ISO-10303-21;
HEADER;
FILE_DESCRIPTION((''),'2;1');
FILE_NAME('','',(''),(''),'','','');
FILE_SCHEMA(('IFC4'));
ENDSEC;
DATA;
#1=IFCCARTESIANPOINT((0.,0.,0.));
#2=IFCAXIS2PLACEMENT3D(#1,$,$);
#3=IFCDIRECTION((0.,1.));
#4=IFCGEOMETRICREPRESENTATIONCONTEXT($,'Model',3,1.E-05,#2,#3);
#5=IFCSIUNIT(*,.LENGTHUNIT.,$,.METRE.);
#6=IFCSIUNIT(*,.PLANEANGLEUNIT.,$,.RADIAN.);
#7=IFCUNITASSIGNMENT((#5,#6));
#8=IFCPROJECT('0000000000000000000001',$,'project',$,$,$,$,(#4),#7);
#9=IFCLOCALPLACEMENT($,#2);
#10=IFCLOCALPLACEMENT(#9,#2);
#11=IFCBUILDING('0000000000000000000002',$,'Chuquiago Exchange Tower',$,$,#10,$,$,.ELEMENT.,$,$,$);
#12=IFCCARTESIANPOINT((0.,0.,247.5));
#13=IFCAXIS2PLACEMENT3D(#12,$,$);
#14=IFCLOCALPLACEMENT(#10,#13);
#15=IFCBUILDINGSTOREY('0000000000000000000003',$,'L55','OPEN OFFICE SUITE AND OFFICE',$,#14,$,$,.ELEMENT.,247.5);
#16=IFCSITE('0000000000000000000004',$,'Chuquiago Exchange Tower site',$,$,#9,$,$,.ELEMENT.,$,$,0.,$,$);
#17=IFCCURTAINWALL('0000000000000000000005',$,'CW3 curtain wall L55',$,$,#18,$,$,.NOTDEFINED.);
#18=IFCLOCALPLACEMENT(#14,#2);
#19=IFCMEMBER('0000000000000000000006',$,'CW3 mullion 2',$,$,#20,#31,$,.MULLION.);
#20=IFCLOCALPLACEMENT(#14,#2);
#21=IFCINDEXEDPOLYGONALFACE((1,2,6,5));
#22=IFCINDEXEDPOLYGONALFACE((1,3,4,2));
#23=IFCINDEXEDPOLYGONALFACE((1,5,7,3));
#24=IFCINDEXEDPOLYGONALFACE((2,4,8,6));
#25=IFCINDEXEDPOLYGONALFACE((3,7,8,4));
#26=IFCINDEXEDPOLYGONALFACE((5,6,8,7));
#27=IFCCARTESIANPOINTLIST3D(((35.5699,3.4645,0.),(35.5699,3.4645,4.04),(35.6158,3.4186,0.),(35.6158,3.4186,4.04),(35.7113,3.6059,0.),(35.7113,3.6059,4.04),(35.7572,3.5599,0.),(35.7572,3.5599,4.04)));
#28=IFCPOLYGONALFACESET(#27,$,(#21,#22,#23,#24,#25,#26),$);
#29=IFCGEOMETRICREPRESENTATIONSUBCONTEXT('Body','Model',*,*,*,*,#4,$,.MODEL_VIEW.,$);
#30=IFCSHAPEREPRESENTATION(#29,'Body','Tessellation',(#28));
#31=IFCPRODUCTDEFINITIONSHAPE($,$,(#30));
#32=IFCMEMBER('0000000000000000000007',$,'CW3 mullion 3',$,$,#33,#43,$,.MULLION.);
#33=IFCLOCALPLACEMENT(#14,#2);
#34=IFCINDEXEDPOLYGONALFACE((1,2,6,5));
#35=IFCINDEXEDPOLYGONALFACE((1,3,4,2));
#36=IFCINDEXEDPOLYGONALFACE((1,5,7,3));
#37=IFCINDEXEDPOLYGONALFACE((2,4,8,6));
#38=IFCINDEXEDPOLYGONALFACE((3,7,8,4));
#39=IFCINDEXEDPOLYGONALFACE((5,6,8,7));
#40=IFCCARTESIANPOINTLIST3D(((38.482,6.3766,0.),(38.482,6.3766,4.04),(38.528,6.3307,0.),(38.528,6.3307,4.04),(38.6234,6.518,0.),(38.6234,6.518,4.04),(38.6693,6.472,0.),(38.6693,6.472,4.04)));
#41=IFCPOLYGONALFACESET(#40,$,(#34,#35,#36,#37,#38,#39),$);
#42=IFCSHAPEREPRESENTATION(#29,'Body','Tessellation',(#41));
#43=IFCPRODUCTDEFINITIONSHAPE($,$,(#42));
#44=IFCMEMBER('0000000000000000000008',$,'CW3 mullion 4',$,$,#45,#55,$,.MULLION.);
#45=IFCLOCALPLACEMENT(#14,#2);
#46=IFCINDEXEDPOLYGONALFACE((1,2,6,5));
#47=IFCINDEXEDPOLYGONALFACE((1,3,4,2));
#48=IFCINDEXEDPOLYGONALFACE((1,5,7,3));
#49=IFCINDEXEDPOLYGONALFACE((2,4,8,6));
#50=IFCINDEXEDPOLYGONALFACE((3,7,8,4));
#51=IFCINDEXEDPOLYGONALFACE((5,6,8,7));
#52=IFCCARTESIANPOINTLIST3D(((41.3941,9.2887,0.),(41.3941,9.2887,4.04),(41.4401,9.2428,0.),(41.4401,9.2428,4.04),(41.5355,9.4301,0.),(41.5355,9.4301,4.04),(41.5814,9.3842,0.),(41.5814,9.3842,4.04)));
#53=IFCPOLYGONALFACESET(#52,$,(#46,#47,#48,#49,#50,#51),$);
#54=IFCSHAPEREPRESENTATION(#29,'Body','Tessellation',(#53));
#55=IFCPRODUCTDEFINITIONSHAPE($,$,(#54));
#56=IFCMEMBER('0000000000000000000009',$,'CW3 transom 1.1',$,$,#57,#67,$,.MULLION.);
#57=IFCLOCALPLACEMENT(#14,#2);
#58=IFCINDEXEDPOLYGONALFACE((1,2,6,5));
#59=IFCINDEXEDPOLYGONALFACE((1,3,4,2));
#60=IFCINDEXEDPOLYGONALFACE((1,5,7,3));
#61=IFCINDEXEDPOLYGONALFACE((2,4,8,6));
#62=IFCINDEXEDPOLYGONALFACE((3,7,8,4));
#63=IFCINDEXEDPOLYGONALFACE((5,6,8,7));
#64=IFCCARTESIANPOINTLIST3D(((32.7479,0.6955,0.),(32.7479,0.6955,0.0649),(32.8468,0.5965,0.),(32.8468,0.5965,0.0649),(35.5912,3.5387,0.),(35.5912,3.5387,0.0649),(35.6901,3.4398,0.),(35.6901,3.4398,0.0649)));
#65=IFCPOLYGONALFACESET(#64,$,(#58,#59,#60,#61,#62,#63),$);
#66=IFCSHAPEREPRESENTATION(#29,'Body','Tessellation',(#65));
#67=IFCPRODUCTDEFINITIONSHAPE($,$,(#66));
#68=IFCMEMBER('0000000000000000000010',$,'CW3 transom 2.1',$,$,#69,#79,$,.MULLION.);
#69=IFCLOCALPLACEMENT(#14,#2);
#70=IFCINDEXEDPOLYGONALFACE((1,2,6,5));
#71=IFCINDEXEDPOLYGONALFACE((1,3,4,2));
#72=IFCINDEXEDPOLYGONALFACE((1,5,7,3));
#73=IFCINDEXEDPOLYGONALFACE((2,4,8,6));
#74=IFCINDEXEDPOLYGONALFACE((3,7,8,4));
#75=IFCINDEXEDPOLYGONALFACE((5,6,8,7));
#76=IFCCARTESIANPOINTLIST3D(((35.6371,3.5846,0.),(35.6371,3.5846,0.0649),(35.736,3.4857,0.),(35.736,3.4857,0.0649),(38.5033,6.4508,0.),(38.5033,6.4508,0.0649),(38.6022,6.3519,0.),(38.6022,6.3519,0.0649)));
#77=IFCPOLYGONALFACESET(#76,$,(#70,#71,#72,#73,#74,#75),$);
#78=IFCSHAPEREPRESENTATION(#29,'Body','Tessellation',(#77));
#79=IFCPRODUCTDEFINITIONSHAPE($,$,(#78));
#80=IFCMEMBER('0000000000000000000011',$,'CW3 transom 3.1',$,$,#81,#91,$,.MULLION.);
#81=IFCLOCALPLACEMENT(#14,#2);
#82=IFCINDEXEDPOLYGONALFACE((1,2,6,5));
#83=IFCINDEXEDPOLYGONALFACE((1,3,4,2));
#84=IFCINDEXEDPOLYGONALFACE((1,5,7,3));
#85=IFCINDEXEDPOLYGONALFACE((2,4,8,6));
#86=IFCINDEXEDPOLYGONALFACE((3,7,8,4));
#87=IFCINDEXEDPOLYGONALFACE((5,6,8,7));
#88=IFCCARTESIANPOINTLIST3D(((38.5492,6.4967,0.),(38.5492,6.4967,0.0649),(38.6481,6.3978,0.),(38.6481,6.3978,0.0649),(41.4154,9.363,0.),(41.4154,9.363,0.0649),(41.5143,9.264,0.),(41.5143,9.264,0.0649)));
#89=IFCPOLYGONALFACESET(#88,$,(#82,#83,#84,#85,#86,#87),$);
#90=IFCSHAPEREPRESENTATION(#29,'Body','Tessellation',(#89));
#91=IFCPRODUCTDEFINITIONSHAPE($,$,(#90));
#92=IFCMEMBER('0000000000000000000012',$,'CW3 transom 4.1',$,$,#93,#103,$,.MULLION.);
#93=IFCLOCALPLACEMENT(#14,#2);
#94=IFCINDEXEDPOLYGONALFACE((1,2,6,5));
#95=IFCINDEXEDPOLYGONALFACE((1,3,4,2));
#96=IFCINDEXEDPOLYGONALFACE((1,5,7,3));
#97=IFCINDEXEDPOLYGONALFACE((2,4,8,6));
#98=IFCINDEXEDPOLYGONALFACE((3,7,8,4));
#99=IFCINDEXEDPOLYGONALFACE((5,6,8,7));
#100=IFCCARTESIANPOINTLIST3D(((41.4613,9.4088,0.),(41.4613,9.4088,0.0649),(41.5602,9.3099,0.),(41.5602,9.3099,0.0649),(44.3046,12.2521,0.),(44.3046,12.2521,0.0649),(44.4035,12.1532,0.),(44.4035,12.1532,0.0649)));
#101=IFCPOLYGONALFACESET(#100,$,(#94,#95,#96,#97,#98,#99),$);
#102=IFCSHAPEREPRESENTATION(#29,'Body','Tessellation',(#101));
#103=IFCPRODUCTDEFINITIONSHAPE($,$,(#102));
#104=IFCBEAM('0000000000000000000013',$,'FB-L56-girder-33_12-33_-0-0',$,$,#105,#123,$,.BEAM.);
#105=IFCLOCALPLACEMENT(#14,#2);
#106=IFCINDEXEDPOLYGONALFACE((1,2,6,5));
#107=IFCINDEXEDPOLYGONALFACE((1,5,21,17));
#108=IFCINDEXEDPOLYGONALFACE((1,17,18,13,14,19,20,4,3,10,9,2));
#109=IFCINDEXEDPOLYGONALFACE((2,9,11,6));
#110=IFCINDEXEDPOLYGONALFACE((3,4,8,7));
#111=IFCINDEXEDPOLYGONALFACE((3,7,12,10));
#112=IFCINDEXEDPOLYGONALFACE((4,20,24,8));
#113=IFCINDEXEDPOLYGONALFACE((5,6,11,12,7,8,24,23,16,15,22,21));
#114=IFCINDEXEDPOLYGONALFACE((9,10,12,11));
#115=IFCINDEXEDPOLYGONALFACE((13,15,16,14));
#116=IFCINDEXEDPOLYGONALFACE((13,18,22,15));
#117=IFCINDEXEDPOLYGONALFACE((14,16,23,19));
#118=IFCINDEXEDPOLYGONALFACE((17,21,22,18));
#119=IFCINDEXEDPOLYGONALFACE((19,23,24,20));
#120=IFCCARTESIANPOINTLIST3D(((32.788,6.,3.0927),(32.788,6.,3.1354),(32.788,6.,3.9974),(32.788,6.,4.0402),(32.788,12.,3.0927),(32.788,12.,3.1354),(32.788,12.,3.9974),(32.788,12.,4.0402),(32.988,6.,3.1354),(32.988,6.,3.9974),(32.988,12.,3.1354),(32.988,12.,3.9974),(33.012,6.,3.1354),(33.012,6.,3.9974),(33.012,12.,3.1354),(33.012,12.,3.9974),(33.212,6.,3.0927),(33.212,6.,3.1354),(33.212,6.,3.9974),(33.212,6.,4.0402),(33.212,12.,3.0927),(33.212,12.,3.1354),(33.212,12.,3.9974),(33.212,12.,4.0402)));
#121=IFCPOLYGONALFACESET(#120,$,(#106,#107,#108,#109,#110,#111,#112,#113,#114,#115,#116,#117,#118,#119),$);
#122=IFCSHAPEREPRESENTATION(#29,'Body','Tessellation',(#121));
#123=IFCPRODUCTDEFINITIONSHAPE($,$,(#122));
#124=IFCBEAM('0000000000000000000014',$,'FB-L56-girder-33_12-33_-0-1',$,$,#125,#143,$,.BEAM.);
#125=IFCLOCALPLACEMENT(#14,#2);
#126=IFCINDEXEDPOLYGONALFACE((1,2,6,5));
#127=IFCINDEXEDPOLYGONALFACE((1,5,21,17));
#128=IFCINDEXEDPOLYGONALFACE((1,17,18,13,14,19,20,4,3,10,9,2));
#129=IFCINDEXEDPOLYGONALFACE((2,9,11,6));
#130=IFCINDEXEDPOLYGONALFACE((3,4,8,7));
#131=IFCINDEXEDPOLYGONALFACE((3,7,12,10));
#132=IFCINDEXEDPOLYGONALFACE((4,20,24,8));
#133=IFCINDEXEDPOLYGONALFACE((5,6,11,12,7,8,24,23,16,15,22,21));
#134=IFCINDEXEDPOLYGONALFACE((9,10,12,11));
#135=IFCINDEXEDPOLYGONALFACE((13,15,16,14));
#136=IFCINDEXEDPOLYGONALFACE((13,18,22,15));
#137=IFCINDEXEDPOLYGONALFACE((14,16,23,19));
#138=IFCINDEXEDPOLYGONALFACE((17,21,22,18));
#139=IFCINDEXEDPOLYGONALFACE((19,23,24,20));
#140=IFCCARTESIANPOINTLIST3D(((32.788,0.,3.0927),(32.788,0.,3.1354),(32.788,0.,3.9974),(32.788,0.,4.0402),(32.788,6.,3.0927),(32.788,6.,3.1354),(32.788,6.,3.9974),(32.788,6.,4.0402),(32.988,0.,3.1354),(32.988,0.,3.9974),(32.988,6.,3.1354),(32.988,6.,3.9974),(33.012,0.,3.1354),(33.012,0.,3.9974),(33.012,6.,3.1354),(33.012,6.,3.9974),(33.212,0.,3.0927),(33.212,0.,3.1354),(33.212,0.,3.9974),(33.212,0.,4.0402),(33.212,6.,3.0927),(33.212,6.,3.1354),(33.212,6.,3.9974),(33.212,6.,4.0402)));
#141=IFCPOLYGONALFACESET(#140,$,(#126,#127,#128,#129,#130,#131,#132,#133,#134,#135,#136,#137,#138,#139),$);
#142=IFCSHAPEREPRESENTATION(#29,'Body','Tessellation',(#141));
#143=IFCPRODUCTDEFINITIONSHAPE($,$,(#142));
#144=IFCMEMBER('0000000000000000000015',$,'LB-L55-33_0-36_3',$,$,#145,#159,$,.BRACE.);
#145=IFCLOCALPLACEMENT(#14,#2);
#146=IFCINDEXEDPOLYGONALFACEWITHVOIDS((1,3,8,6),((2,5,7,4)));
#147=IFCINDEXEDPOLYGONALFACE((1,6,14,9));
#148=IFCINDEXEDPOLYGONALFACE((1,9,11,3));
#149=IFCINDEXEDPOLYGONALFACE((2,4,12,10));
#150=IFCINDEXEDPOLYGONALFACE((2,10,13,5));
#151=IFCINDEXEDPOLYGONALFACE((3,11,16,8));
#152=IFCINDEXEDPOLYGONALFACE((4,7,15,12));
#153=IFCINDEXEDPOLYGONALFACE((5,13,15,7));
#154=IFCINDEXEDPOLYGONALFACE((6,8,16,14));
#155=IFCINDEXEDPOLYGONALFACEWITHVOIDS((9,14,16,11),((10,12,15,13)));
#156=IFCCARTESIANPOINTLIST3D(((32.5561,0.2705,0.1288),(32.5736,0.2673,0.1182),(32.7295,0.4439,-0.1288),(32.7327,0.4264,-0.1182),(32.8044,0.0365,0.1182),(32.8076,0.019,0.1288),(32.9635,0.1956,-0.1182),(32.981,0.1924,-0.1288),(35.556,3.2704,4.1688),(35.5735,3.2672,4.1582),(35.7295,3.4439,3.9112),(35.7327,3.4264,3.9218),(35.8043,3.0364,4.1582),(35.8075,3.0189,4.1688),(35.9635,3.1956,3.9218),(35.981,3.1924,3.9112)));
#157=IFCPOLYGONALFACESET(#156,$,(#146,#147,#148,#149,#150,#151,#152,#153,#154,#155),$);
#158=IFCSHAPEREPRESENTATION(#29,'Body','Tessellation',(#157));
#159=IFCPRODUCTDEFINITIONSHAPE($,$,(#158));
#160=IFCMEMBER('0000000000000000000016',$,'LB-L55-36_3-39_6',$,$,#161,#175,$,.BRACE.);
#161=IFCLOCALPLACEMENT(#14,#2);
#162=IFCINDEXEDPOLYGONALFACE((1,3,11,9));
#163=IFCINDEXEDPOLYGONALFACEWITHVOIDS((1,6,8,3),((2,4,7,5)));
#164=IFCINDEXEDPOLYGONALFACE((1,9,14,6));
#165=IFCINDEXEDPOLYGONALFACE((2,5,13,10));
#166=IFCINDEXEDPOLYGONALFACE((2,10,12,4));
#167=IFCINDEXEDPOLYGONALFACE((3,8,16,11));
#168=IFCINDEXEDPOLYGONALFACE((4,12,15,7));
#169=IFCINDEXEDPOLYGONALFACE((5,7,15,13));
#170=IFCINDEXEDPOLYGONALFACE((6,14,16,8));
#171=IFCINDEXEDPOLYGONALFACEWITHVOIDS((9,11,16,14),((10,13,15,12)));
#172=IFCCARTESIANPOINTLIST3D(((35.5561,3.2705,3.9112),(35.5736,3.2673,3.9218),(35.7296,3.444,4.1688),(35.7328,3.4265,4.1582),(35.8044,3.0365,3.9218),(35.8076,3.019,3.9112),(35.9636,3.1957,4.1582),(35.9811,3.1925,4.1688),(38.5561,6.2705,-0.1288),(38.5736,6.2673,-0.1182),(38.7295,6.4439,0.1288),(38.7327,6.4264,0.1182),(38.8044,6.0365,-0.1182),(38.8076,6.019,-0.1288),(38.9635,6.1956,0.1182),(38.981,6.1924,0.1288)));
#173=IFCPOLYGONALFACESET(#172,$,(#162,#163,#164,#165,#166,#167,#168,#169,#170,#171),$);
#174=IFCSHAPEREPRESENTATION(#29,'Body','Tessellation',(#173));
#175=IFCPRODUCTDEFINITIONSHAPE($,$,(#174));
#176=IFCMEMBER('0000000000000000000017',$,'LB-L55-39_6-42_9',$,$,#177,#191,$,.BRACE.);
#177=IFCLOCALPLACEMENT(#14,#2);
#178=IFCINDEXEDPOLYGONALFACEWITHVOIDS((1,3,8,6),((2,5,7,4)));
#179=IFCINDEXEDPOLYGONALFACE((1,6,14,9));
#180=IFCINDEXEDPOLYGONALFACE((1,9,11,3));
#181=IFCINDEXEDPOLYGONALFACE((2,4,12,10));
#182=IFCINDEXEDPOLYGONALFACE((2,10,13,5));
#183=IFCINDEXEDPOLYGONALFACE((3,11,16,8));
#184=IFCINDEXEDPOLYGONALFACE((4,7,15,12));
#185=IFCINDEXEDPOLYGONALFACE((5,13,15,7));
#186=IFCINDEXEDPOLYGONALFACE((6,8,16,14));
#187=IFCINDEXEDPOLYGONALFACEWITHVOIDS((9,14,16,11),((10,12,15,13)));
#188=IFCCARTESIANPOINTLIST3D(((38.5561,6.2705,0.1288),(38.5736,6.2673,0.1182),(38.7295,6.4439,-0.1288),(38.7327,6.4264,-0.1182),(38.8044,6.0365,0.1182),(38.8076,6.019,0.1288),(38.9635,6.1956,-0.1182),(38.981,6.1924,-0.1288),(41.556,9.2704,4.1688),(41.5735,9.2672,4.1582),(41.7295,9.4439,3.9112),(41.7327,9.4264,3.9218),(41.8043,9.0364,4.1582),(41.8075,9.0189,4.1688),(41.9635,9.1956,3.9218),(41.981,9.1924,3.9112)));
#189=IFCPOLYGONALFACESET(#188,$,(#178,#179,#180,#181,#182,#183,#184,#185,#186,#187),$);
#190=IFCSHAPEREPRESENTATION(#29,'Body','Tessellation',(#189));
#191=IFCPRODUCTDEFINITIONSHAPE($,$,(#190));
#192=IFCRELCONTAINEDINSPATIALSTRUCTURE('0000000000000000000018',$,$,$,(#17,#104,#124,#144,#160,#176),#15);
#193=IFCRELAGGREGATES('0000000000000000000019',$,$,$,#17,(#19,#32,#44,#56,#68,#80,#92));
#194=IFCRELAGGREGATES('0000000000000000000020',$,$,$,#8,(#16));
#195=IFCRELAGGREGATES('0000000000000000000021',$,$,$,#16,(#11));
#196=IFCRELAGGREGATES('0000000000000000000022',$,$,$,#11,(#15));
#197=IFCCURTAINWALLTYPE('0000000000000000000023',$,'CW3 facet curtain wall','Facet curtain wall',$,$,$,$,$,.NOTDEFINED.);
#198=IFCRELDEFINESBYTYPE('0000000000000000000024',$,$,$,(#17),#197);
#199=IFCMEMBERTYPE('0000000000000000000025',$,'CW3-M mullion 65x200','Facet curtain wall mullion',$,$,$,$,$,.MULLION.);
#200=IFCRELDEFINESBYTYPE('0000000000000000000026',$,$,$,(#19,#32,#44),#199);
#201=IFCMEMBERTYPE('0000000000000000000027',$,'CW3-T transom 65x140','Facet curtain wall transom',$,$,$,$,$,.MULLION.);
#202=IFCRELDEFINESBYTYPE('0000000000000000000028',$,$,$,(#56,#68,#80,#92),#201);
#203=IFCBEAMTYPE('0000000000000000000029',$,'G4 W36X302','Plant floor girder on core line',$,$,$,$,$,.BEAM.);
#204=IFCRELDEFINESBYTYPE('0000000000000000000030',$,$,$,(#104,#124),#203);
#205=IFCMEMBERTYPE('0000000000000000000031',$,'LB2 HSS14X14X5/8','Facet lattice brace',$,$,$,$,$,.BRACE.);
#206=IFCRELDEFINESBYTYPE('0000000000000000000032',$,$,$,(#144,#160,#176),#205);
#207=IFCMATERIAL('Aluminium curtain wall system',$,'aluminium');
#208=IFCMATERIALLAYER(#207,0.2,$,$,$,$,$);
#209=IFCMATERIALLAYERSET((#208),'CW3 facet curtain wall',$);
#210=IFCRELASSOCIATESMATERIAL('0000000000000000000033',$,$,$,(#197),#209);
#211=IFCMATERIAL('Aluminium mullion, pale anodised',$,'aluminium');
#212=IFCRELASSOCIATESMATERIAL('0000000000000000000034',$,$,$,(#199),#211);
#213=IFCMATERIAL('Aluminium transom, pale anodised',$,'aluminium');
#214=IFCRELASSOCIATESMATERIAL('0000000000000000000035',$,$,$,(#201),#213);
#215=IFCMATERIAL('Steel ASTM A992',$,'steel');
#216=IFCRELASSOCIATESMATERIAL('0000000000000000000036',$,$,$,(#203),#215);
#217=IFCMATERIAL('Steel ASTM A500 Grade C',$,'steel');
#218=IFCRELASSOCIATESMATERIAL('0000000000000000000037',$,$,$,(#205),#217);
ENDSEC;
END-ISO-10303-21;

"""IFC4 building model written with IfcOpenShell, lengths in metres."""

from ifc_helpers import new_model, si_unit, direction, frame, origin, origin_2d, place, context, subcontext, project, spatial, rectangle, hollow_rectangle, i_section, extrude, material, layer, layer_set, material_profile, profile_set, type_object, element, aggregate, save


model = new_model("IFC4")

# Units and contexts
model_context = context("Model", 3, precision=1e-05, world=origin(), true_north=direction((0.0, 1.0)))
body_context = subcontext(model_context, "Body", "Model", "MODEL_VIEW")
ifc_project = project(units=[si_unit("LENGTHUNIT", "METRE"), si_unit("PLANEANGLEUNIT", "RADIAN")], contexts=[model_context])

# Site, building, storey
site_placement = place(None, origin())
site = spatial("IfcSite", under=ifc_project, at=site_placement, Name="Chuquiago Exchange Tower site", CompositionType="ELEMENT", RefElevation=0.0)
building_placement = place(site_placement, origin())
building = spatial("IfcBuilding", under=site, at=building_placement, Name="Chuquiago Exchange Tower", CompositionType="ELEMENT")
storey_placement = place(building_placement, frame((0.0, 0.0, 247.5)))
storey = spatial("IfcBuildingStorey", under=building, at=storey_placement, Name="L55", Description="OPEN OFFICE SUITE AND OFFICE", CompositionType="ELEMENT", Elevation=247.5)

# Curtain wall, members
ifc_material_1 = material(Name="Aluminium curtain wall system", Category="aluminium")
ifc_layer_1 = layer(ifc_material_1, 0.2)
ifc_layer_set_1 = layer_set([ifc_layer_1], Name="CW3 facet curtain wall")
curtain_wall_type = type_object("IfcCurtainWallType", Name="CW3 facet curtain wall", Description="Facet curtain wall", PredefinedType="NOTDEFINED", material=ifc_layer_set_1)
curtain_wall_placement = place(storey_placement, origin())
curtain_wall = element("IfcCurtainWall", 1, at=curtain_wall_placement, inside=storey, type_object=curtain_wall_type, Name="CW3 curtain wall L55", PredefinedType="NOTDEFINED")
ifc_material_2 = material(Name="Aluminium mullion, pale anodised", Category="aluminium")
ifc_material_profile_1 = material_profile(ifc_material_2, rectangle(XDim=0.0649, YDim=0.2, at=origin_2d()), Name="AL 65x200")
ifc_profile_set_1 = profile_set([ifc_material_profile_1], Name="Aluminium mullion, pale anodised")
member_type_1 = type_object("IfcMemberType", Name="CW3-M mullion 65x200", Description="Facet curtain wall mullion", PredefinedType="MULLION", material=ifc_profile_set_1)
member_1_placement = place(storey_placement, frame((35.6636, 3.5122, 0.0), z_axis=(0.0, 0.0, 1.0), x_axis=(-0.707107, 0.707107, 0.0)))
member_1 = element("IfcMember", 2, at=member_1_placement, type_object=member_type_1, Name="CW3 mullion 2", PredefinedType="MULLION", context=body_context, shape_type="SweptSolid", body=[
    extrude(rectangle(XDim=0.0649, YDim=0.2, at=origin_2d()), origin(), (0.0, 0.0, 1.0), 4.04),
])
member_2_placement = place(storey_placement, frame((38.5757, 6.4243, 0.0), z_axis=(0.0, 0.0, 1.0), x_axis=(-0.707107, 0.707107, 0.0)))
member_2 = element("IfcMember", 3, at=member_2_placement, type_object=member_type_1, Name="CW3 mullion 3", PredefinedType="MULLION", context=body_context, shape_type="SweptSolid", body=[
    extrude(rectangle(XDim=0.0649, YDim=0.2, at=origin_2d()), origin(), (0.0, 0.0, 1.0), 4.04),
])
member_3_placement = place(storey_placement, frame((41.4878, 9.3364, 0.0), z_axis=(0.0, 0.0, 1.0), x_axis=(-0.707107, 0.707107, 0.0)))
member_3 = element("IfcMember", 4, at=member_3_placement, type_object=member_type_1, Name="CW3 mullion 4", PredefinedType="MULLION", context=body_context, shape_type="SweptSolid", body=[
    extrude(rectangle(XDim=0.0649, YDim=0.2, at=origin_2d()), origin(), (0.0, 0.0, 1.0), 4.04),
])
ifc_material_3 = material(Name="Aluminium transom, pale anodised", Category="aluminium")
ifc_material_profile_2 = material_profile(ifc_material_3, rectangle(XDim=0.1399, YDim=0.0649, at=origin_2d()), Name="AL 140x65")
ifc_profile_set_2 = profile_set([ifc_material_profile_2], Name="Aluminium transom, pale anodised")
member_type_2 = type_object("IfcMemberType", Name="CW3-T transom 65x140", Description="Facet curtain wall transom", PredefinedType="MULLION", material=ifc_profile_set_2)
member_4_placement = place(storey_placement, frame((32.7974, 0.646, 0.0325), z_axis=(0.707107, 0.707107, 0.0), x_axis=(-0.707107, 0.707107, 0.0)))
member_4 = element("IfcMember", 5, at=member_4_placement, type_object=member_type_2, Name="CW3 transom 1.1", PredefinedType="MULLION", context=body_context, shape_type="SweptSolid", body=[
    extrude(rectangle(XDim=0.1399, YDim=0.0649, at=origin_2d()), origin(), (0.0, 0.0, 1.0), 4.021),
])
member_5_placement = place(storey_placement, frame((35.6865, 3.5352, 0.0325), z_axis=(0.707107, 0.707107, 0.0), x_axis=(-0.707107, 0.707107, 0.0)))
member_5 = element("IfcMember", 6, at=member_5_placement, type_object=member_type_2, Name="CW3 transom 2.1", PredefinedType="MULLION", context=body_context, shape_type="SweptSolid", body=[
    extrude(rectangle(XDim=0.1399, YDim=0.0649, at=origin_2d()), origin(), (0.0, 0.0, 1.0), 4.0535),
])
member_6_placement = place(storey_placement, frame((38.5986, 6.4473, 0.0325), z_axis=(0.707107, 0.707107, 0.0), x_axis=(-0.707107, 0.707107, 0.0)))
member_6 = element("IfcMember", 7, at=member_6_placement, type_object=member_type_2, Name="CW3 transom 3.1", PredefinedType="MULLION", context=body_context, shape_type="SweptSolid", body=[
    extrude(rectangle(XDim=0.1399, YDim=0.0649, at=origin_2d()), origin(), (0.0, 0.0, 1.0), 4.0535),
])
member_7_placement = place(storey_placement, frame((41.5107, 9.3594, 0.0325), z_axis=(0.707107, 0.707107, 0.0), x_axis=(-0.707107, 0.707107, 0.0)))
member_7 = element("IfcMember", 8, at=member_7_placement, type_object=member_type_2, Name="CW3 transom 4.1", PredefinedType="MULLION", context=body_context, shape_type="SweptSolid", body=[
    extrude(rectangle(XDim=0.1399, YDim=0.0649, at=origin_2d()), origin(), (0.0, 0.0, 1.0), 4.021),
])

# Beams
ifc_material_4 = material(Name="Steel ASTM A992", Category="steel")
ifc_material_profile_3 = material_profile(ifc_material_4, i_section(OverallWidth=0.4241, OverallDepth=0.9475, WebThickness=0.0239, FlangeThickness=0.0427, at=origin_2d()), Name="W36X302")
ifc_profile_set_3 = profile_set([ifc_material_profile_3], Name="Steel ASTM A992")
beam_type_1 = type_object("IfcBeamType", Name="G4 W36X302", Description="Plant floor girder on core line", PredefinedType="BEAM", material=ifc_profile_set_3)
for number, where, z_axis, x_axis, name in (
    (9, (33.0, 12.0, 3.5664), (0.0, -1.0, 0.0), (1.0, 0.0, 0.0), "FB-L56-girder-33_12-33_-0-0"),
    (10, (33.0, 6.0, 3.5664), (0.0, -1.0, 0.0), (1.0, 0.0, 0.0), "FB-L56-girder-33_12-33_-0-1"),
):
    element("IfcBeam", number, at=place(storey_placement, frame(where, z_axis=z_axis, x_axis=x_axis)), inside=storey, type_object=beam_type_1, Name=name, PredefinedType="BEAM", context=body_context, shape_type="SweptSolid", body=[
        extrude(i_section(OverallWidth=0.4241, OverallDepth=0.9475, WebThickness=0.0239, FlangeThickness=0.0427, at=origin_2d()), origin(), (0.0, 0.0, 1.0), 6.0),
    ])

# Members
ifc_material_5 = material(Name="Steel ASTM A500 Grade C", Category="steel")
ifc_material_profile_4 = material_profile(ifc_material_5, hollow_rectangle(XDim=0.3557, YDim=0.3557, WallThickness=0.0146, at=origin_2d()), Name="HSS14X14X5/8")
ifc_profile_set_4 = profile_set([ifc_material_profile_4], Name="Steel ASTM A500 Grade C")
member_type_3 = type_object("IfcMemberType", Name="LB2 HSS14X14X5/8", Description="Facet lattice brace", PredefinedType="BRACE", material=ifc_profile_set_4)
for number, where, z_axis, x_axis, name in (
    (11, (32.7686, 0.2314, 0.0), (0.512077, 0.512077, 0.689604), (-0.707107, 0.707107, 0.0), "LB-L55-33_0-36_3"),
    (12, (38.7686, 6.2314, 0.0), (-0.512077, -0.512077, 0.689604), (0.707107, -0.707107, 0.0), "LB-L55-36_3-39_6"),
    (13, (38.7686, 6.2314, 0.0), (0.512077, 0.512077, 0.689604), (-0.707107, 0.707107, 0.0), "LB-L55-39_6-42_9"),
):
    element("IfcMember", number, at=place(storey_placement, frame(where, z_axis=z_axis, x_axis=x_axis)), inside=storey, type_object=member_type_3, Name=name, PredefinedType="BRACE", context=body_context, shape_type="SweptSolid", body=[
        extrude(hollow_rectangle(XDim=0.3557, YDim=0.3557, WallThickness=0.0146, at=origin_2d()), origin(), (0.0, 0.0, 1.0), 5.8584),
    ])

aggregate(curtain_wall, [member_1, member_2, member_3, member_4, member_5, member_6, member_7])

save(model, "model.ifc")
